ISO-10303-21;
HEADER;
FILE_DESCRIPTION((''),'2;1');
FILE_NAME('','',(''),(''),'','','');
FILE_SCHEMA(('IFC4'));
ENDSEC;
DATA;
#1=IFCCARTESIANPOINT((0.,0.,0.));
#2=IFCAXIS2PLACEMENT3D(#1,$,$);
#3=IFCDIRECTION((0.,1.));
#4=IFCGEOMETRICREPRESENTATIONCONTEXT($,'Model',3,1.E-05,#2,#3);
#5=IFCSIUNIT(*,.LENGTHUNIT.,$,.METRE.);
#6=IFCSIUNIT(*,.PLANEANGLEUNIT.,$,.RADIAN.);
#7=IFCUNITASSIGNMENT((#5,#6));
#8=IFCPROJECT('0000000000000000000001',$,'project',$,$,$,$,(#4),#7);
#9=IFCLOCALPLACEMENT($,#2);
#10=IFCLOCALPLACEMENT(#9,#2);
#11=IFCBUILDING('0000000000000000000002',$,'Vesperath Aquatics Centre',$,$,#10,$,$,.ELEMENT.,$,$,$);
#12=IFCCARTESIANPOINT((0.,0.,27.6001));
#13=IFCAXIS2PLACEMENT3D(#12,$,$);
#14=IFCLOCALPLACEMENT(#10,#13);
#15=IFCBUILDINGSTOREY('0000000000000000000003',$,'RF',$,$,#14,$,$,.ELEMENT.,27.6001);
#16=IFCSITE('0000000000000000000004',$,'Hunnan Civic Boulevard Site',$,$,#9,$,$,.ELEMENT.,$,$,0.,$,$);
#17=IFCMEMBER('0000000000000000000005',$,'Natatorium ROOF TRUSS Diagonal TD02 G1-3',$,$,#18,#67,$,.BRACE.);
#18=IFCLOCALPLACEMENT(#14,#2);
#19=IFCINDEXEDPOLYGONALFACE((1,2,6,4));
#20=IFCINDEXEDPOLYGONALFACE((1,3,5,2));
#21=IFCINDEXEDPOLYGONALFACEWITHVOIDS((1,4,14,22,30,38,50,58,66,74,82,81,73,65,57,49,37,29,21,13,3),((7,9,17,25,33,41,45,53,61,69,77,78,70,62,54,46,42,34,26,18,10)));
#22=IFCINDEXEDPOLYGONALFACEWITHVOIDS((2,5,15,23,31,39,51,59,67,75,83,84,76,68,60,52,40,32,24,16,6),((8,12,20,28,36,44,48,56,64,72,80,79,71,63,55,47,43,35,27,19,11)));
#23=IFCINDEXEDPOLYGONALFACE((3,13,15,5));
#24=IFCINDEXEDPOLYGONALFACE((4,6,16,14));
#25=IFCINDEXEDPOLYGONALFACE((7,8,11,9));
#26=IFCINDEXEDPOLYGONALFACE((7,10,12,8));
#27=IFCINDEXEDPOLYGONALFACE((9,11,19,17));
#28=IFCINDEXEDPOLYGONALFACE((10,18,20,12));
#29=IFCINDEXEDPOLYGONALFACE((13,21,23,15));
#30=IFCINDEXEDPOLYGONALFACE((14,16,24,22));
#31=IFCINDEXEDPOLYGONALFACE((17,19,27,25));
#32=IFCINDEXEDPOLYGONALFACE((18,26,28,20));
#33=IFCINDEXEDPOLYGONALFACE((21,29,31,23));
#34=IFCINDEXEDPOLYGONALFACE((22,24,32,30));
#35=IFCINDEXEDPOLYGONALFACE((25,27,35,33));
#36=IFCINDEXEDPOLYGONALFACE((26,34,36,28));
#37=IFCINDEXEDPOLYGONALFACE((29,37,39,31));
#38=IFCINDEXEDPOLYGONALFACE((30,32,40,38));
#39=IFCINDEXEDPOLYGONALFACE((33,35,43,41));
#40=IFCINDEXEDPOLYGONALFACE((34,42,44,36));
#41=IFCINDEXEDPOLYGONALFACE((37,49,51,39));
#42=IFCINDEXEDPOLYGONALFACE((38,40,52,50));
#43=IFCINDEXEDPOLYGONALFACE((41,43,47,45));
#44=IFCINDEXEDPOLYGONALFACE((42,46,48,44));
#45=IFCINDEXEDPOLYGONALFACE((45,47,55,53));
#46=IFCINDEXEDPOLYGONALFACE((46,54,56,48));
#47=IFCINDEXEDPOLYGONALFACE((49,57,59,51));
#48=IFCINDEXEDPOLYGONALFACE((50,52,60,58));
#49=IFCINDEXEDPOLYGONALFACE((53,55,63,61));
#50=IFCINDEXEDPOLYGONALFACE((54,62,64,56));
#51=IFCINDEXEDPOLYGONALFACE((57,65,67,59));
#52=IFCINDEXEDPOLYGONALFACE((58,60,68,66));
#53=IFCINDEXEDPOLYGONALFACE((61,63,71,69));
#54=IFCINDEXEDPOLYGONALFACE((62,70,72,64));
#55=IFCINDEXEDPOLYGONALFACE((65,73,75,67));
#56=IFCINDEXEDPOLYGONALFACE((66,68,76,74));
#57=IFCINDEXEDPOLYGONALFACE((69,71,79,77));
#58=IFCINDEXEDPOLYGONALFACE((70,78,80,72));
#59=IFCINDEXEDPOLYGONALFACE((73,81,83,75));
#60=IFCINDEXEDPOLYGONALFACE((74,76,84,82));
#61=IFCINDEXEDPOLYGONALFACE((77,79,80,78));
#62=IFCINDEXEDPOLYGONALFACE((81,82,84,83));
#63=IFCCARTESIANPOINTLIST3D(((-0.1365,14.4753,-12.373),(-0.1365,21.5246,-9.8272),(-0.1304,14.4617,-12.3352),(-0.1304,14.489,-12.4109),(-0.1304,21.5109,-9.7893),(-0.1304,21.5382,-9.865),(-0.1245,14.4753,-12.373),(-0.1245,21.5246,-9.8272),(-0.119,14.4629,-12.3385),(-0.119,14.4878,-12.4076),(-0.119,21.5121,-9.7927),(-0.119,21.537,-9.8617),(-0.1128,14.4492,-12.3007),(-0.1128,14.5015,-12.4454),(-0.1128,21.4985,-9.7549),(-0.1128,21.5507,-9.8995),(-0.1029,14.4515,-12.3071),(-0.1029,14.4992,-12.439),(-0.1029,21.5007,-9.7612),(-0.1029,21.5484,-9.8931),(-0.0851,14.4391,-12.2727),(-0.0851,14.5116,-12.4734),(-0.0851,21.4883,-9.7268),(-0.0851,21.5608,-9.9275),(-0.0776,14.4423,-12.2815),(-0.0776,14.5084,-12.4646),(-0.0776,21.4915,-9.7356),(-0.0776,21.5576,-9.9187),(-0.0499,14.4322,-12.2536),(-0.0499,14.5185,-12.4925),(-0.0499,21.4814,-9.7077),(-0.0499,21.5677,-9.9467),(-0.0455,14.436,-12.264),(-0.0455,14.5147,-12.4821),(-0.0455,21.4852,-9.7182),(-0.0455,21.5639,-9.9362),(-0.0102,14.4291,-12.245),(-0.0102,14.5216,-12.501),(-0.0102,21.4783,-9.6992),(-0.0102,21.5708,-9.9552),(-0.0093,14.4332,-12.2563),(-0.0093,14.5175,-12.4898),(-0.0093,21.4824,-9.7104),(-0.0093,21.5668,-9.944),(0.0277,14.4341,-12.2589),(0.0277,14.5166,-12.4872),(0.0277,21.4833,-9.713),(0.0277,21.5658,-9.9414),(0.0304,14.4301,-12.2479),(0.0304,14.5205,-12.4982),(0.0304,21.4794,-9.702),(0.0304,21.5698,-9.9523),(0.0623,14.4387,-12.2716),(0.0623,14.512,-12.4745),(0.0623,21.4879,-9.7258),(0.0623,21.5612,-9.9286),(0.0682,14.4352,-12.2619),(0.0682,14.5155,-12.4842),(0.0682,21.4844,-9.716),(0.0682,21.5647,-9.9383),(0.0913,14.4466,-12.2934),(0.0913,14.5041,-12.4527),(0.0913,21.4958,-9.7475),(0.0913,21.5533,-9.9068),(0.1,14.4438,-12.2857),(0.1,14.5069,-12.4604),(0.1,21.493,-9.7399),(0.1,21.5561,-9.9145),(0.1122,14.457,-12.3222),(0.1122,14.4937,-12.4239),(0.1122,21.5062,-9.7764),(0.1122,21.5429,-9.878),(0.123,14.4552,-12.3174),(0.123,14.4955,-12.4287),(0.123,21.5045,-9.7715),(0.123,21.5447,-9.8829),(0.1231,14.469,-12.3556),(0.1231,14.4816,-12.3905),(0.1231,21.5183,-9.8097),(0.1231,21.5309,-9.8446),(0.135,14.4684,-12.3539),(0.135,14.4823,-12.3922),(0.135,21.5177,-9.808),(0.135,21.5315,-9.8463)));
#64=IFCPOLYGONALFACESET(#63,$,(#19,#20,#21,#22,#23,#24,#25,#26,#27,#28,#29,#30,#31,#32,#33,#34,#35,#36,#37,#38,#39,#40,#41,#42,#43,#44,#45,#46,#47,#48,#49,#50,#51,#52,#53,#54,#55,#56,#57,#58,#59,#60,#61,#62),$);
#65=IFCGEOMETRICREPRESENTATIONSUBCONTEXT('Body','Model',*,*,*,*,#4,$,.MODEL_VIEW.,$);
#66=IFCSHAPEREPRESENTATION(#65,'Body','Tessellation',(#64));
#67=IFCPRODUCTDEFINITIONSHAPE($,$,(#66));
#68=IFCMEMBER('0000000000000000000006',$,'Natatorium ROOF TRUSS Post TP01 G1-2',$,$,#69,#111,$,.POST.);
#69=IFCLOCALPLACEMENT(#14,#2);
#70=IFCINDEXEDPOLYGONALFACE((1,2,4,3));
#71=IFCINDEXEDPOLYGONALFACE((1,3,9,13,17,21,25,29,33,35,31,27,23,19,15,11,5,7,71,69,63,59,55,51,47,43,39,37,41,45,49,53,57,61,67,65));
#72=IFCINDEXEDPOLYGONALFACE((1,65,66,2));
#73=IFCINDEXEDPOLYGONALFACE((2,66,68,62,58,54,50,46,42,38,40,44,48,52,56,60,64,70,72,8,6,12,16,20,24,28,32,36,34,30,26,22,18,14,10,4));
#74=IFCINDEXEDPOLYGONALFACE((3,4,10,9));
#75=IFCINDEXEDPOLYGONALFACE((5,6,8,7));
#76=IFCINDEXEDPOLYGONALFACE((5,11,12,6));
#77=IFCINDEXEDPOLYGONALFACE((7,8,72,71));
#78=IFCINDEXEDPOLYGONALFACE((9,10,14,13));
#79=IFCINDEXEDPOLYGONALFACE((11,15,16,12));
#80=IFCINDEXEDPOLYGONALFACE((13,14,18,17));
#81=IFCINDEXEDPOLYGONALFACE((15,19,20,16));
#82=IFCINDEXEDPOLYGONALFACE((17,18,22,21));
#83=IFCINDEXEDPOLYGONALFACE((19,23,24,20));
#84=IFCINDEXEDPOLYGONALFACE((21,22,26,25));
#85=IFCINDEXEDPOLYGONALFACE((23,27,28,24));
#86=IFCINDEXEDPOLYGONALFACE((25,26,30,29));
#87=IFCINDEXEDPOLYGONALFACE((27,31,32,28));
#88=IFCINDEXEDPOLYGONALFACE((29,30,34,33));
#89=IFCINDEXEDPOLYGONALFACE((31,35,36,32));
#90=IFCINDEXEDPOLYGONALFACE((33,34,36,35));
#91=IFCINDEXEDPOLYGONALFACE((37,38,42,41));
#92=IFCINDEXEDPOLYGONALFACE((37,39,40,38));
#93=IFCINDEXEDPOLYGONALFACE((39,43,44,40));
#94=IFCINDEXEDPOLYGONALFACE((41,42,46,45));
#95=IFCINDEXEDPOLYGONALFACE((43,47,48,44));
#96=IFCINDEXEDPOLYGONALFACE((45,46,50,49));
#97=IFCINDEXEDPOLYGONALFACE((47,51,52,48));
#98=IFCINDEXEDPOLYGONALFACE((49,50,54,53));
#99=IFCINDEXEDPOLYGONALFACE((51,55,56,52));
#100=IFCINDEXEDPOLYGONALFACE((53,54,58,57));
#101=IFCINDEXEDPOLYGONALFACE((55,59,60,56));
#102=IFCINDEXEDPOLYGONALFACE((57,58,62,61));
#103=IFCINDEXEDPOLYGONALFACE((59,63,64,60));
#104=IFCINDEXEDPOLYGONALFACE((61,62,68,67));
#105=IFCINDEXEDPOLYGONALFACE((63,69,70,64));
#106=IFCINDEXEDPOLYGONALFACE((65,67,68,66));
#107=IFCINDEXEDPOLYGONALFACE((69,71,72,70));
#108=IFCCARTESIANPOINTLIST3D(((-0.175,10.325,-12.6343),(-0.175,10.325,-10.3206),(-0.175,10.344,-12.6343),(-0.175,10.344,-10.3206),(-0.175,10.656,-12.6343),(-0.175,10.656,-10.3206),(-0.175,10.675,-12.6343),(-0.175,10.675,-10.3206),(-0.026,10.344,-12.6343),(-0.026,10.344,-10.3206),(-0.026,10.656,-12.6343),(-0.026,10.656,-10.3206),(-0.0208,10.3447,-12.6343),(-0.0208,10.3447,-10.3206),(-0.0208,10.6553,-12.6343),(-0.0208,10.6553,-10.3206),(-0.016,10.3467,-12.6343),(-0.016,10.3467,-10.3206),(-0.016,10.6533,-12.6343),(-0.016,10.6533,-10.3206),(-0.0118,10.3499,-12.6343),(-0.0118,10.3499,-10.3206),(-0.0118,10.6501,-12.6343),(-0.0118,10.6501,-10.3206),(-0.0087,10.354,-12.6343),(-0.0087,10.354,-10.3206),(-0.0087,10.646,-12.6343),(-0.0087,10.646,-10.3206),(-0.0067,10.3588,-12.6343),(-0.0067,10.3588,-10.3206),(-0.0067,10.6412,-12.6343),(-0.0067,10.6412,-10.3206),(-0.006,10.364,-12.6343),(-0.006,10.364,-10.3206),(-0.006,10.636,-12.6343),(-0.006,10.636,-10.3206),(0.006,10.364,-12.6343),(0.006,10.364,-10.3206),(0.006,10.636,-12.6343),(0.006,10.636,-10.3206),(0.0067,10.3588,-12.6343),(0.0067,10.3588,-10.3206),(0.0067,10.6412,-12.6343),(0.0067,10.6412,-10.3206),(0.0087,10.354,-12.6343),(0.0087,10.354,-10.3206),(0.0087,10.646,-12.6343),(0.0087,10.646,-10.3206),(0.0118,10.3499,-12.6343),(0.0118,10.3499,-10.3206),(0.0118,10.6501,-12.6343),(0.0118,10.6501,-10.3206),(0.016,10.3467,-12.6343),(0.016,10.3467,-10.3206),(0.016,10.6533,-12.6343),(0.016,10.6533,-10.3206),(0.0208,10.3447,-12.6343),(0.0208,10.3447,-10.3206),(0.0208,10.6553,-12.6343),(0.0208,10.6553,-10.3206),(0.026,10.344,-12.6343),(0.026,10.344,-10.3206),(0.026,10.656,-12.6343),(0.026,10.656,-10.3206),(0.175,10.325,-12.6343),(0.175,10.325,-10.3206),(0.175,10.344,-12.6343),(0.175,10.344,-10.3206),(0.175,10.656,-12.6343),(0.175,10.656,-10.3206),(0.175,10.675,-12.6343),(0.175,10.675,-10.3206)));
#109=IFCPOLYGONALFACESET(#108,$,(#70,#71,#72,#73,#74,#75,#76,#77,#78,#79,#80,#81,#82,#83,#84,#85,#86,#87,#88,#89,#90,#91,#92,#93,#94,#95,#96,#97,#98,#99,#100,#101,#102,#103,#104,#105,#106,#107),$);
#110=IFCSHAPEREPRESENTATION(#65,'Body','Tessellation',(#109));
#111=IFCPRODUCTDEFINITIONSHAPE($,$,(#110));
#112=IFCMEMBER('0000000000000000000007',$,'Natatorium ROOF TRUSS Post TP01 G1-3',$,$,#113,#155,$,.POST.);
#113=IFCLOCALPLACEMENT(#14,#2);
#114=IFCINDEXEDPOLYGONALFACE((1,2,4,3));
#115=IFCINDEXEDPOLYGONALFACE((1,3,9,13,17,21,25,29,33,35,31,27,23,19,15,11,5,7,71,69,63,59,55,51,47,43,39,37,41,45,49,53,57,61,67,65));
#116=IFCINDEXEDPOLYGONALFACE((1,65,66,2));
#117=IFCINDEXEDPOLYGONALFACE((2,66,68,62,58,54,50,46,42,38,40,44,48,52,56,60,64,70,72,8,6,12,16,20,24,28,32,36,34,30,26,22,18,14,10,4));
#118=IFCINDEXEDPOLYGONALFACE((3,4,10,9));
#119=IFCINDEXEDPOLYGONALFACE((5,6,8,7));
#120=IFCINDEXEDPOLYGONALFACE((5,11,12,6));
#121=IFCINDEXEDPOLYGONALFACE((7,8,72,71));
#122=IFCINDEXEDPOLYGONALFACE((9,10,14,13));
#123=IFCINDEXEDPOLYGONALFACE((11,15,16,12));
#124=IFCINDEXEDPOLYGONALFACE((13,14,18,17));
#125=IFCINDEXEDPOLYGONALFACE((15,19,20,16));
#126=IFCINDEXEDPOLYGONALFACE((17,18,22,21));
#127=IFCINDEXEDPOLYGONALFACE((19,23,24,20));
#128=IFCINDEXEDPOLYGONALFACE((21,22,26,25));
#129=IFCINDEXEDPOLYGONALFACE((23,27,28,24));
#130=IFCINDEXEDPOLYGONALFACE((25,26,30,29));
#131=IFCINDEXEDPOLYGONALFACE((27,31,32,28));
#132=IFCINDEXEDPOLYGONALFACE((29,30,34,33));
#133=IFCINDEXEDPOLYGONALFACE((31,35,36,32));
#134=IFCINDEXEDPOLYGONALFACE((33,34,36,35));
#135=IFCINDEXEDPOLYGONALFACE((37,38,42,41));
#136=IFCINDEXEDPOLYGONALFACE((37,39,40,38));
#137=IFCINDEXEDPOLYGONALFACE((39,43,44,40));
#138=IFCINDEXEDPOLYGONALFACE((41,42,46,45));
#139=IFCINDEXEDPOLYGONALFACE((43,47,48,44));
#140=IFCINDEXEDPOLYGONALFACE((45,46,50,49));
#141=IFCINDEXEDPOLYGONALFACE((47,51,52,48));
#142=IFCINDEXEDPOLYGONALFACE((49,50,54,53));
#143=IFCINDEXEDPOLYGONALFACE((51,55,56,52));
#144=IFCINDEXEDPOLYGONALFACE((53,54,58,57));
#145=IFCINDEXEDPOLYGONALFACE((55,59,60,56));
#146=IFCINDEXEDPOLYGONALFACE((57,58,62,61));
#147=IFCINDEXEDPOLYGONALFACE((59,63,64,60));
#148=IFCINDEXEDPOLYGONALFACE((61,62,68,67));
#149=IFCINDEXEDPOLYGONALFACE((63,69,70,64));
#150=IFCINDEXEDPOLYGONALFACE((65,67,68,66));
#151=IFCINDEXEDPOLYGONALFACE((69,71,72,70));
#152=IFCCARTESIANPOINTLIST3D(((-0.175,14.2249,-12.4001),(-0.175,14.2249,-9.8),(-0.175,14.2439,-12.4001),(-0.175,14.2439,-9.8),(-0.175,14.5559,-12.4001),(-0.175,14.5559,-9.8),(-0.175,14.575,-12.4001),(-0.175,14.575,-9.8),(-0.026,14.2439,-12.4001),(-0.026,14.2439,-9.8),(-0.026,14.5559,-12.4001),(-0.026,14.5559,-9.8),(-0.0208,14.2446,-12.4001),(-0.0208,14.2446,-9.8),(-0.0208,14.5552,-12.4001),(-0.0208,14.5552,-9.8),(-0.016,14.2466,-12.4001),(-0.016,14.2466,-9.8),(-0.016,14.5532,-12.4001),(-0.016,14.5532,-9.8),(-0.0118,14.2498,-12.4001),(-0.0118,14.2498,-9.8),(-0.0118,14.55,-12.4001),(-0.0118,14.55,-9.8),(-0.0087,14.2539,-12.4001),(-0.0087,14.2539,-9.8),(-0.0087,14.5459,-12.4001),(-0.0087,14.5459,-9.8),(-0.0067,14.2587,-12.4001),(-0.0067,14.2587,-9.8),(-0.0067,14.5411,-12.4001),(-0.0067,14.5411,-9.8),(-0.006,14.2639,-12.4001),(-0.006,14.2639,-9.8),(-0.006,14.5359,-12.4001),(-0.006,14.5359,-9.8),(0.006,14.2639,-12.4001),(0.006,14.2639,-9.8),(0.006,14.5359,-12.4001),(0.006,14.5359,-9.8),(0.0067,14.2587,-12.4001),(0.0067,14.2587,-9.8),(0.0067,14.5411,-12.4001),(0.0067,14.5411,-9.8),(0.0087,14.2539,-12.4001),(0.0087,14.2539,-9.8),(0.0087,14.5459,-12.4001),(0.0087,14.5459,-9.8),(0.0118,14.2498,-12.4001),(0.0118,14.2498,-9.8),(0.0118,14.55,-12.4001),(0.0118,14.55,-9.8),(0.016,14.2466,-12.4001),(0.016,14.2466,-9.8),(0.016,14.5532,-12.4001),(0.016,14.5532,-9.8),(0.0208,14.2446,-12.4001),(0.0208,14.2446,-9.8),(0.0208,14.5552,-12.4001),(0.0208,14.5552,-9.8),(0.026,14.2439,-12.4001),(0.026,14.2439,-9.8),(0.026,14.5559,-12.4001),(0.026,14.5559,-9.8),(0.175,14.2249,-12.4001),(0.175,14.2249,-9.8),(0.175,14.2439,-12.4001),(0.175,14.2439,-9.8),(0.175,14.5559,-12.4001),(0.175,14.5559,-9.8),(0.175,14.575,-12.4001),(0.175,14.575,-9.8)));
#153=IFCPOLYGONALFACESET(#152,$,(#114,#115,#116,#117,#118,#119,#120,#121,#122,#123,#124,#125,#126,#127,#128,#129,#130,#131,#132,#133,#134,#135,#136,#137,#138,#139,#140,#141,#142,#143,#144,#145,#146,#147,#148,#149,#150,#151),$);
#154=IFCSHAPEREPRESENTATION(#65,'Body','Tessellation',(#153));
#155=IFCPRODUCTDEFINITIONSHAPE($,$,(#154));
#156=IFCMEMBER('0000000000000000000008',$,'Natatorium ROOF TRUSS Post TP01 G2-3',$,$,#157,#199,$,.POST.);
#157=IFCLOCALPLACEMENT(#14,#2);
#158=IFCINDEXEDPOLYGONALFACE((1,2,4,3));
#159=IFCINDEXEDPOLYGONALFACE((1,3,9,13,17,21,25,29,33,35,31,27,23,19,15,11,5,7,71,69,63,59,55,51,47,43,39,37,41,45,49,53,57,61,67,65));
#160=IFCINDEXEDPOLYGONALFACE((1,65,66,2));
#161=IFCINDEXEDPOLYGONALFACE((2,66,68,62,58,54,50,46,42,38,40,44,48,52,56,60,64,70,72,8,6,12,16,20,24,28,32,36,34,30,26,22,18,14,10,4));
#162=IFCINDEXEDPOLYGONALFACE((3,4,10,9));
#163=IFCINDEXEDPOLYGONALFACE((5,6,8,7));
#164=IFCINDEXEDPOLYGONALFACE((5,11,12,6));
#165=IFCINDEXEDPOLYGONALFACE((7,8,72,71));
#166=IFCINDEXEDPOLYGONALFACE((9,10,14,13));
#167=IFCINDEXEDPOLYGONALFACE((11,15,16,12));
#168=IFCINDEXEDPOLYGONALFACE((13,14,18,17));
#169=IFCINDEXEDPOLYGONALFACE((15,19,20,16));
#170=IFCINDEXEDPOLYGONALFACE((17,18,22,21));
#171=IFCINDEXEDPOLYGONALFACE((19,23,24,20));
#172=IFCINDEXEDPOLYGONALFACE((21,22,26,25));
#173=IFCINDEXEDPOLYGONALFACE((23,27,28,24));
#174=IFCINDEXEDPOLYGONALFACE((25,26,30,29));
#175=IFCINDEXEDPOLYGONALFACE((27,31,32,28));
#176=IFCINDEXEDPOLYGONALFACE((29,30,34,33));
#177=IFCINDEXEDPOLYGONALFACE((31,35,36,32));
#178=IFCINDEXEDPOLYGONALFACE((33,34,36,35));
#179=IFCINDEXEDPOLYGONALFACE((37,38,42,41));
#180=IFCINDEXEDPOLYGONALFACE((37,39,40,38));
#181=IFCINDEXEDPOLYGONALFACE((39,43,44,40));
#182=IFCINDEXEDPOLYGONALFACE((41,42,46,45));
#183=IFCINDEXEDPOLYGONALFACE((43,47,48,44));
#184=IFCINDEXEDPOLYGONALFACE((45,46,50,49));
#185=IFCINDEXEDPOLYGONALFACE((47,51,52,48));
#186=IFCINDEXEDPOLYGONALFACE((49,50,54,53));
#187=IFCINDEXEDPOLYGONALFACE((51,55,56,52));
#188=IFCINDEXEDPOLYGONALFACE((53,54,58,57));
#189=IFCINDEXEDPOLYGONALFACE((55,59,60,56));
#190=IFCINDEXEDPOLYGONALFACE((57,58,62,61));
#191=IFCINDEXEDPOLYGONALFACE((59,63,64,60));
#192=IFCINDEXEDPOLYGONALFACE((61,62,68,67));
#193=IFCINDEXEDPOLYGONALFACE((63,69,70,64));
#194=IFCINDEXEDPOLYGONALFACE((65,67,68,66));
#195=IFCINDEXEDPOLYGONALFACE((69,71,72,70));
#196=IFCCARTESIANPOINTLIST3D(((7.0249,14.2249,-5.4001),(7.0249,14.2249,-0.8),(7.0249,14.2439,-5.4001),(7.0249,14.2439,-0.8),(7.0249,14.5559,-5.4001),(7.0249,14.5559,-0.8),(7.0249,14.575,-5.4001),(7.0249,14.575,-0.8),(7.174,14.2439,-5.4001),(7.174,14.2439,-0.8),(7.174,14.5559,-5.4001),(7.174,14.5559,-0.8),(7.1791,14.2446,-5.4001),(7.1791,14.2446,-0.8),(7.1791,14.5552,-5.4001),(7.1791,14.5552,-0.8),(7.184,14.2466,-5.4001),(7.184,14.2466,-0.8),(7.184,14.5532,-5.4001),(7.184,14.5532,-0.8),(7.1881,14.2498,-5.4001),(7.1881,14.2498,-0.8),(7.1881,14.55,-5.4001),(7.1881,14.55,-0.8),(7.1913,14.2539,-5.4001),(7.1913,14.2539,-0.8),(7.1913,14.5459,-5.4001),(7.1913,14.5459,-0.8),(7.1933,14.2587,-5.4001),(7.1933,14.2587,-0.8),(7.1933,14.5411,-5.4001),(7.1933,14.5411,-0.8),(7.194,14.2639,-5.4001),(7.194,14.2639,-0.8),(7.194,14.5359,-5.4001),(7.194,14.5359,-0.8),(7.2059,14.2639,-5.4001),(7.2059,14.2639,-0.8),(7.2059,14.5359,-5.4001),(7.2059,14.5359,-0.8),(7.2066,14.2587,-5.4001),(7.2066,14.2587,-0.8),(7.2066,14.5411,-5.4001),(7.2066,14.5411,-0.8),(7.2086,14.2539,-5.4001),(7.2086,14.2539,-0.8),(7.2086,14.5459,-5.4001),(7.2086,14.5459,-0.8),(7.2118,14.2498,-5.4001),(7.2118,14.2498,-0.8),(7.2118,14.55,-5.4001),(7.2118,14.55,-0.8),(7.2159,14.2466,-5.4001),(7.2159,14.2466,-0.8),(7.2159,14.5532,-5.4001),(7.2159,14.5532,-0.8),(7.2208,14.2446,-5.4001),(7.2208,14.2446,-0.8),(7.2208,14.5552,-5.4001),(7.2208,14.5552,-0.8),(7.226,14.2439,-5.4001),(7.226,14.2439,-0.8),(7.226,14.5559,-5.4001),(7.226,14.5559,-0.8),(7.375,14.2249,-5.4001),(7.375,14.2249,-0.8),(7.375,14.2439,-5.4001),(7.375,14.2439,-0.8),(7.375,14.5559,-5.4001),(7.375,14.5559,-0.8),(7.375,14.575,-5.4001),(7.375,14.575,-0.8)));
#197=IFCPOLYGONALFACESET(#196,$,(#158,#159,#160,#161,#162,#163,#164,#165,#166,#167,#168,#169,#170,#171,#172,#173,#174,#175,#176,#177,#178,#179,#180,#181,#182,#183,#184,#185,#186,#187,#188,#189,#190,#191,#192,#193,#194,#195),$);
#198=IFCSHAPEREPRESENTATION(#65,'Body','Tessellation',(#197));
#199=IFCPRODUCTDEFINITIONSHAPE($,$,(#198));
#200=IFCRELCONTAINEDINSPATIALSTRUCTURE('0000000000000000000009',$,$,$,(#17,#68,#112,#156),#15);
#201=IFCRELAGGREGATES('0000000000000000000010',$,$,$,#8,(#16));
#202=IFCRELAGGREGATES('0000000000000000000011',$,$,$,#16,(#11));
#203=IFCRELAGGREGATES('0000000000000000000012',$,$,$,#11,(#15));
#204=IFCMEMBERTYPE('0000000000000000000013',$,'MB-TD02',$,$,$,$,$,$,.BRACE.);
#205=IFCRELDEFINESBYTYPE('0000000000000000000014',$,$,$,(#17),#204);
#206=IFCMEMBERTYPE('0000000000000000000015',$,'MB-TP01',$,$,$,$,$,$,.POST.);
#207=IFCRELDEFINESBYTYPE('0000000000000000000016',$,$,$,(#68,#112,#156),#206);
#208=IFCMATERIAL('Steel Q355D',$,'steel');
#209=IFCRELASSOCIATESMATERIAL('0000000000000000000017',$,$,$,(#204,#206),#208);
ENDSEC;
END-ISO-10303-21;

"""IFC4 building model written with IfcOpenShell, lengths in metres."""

from ifc_helpers import new_model, si_unit, direction, frame, origin, origin_2d, place, context, subcontext, project, spatial, hollow_circle, i_section, extrude, material, material_profile, profile_set, type_object, element, save


model = new_model("IFC4")

# Units and contexts
model_context = context("Model", 3, precision=1e-05, world=origin(), true_north=direction((0.0, 1.0)))
body_context = subcontext(model_context, "Body", "Model", "MODEL_VIEW")
ifc_project = project(units=[si_unit("LENGTHUNIT", "METRE"), si_unit("PLANEANGLEUNIT", "RADIAN")], contexts=[model_context])

# Site, building, storey
site_placement = place(None, origin())
site = spatial("IfcSite", under=ifc_project, at=site_placement, Name="Hunnan Civic Boulevard Site", CompositionType="ELEMENT", RefElevation=0.0)
building_placement = place(site_placement, origin())
building = spatial("IfcBuilding", under=site, at=building_placement, Name="Vesperath Aquatics Centre", CompositionType="ELEMENT")
storey_placement = place(building_placement, frame((0.0, 0.0, 27.6001)))
storey = spatial("IfcBuildingStorey", under=building, at=storey_placement, Name="RF", CompositionType="ELEMENT", Elevation=27.6001)

# Members
ifc_material_1 = material(Name="Steel Q355D", Category="steel")
ifc_material_profile_1 = material_profile(ifc_material_1, hollow_circle(Radius=0.1365, WallThickness=0.012, at=origin_2d()), Name="CHS 273.0x12")
ifc_profile_set_1 = profile_set([ifc_material_profile_1], Name="Steel Q355D")
member_type_1 = type_object("IfcMemberType", Name="MB-TD02", PredefinedType="BRACE", material=ifc_profile_set_1)
member_1_placement = place(storey_placement, frame((0.0, 14.4753, -12.373), z_axis=(0.0, 0.940541, 0.339681), x_axis=(-1.0, 0.0, 0.0)))
element("IfcMember", 1, at=member_1_placement, inside=storey, type_object=member_type_1, Name="Natatorium ROOF TRUSS Diagonal TD02 G1-3", PredefinedType="BRACE", context=body_context, shape_type="SweptSolid", body=[
    extrude(hollow_circle(Radius=0.1365, WallThickness=0.012, at=origin_2d()), origin(), (0.0, 0.0, 1.0), 7.4949),
])
ifc_material_profile_2 = material_profile(ifc_material_1, i_section(OverallWidth=0.3501, OverallDepth=0.3501, WebThickness=0.012, FlangeThickness=0.019, FilletRadius=0.02, at=origin_2d()), Name="HW 350x350x12x19")
ifc_profile_set_2 = profile_set([ifc_material_profile_2], Name="Steel Q355D")
member_type_2 = type_object("IfcMemberType", Name="MB-TP01", PredefinedType="POST", material=ifc_profile_set_2)
member_2_placement = place(storey_placement, frame((0.0, 10.5, -12.6343), z_axis=(0.0, 0.0, 1.0), x_axis=(1.0, 0.0, 0.0)))
element("IfcMember", 2, at=member_2_placement, inside=storey, type_object=member_type_2, Name="Natatorium ROOF TRUSS Post TP01 G1-2", PredefinedType="POST", context=body_context, shape_type="SweptSolid", body=[
    extrude(i_section(OverallWidth=0.3501, OverallDepth=0.3501, WebThickness=0.012, FlangeThickness=0.019, FilletRadius=0.02, at=origin_2d()), origin(), (0.0, 0.0, 1.0), 2.3137),
])
member_3_placement = place(storey_placement, frame((0.0, 14.3999, -12.4001), z_axis=(0.0, 0.0, 1.0), x_axis=(1.0, 0.0, 0.0)))
element("IfcMember", 3, at=member_3_placement, inside=storey, type_object=member_type_2, Name="Natatorium ROOF TRUSS Post TP01 G1-3", PredefinedType="POST", context=body_context, shape_type="SweptSolid", body=[
    extrude(i_section(OverallWidth=0.3501, OverallDepth=0.3501, WebThickness=0.012, FlangeThickness=0.019, FilletRadius=0.02, at=origin_2d()), origin(), (0.0, 0.0, 1.0), 2.6001),
])
member_4_placement = place(storey_placement, frame((7.2, 14.3999, -5.4001), z_axis=(0.0, 0.0, 1.0), x_axis=(1.0, 0.0, 0.0)))
element("IfcMember", 4, at=member_4_placement, inside=storey, type_object=member_type_2, Name="Natatorium ROOF TRUSS Post TP01 G2-3", PredefinedType="POST", context=body_context, shape_type="SweptSolid", body=[
    extrude(i_section(OverallWidth=0.3501, OverallDepth=0.3501, WebThickness=0.012, FlangeThickness=0.019, FilletRadius=0.02, at=origin_2d()), origin(), (0.0, 0.0, 1.0), 4.6001),
])

save(model, "model.ifc")
